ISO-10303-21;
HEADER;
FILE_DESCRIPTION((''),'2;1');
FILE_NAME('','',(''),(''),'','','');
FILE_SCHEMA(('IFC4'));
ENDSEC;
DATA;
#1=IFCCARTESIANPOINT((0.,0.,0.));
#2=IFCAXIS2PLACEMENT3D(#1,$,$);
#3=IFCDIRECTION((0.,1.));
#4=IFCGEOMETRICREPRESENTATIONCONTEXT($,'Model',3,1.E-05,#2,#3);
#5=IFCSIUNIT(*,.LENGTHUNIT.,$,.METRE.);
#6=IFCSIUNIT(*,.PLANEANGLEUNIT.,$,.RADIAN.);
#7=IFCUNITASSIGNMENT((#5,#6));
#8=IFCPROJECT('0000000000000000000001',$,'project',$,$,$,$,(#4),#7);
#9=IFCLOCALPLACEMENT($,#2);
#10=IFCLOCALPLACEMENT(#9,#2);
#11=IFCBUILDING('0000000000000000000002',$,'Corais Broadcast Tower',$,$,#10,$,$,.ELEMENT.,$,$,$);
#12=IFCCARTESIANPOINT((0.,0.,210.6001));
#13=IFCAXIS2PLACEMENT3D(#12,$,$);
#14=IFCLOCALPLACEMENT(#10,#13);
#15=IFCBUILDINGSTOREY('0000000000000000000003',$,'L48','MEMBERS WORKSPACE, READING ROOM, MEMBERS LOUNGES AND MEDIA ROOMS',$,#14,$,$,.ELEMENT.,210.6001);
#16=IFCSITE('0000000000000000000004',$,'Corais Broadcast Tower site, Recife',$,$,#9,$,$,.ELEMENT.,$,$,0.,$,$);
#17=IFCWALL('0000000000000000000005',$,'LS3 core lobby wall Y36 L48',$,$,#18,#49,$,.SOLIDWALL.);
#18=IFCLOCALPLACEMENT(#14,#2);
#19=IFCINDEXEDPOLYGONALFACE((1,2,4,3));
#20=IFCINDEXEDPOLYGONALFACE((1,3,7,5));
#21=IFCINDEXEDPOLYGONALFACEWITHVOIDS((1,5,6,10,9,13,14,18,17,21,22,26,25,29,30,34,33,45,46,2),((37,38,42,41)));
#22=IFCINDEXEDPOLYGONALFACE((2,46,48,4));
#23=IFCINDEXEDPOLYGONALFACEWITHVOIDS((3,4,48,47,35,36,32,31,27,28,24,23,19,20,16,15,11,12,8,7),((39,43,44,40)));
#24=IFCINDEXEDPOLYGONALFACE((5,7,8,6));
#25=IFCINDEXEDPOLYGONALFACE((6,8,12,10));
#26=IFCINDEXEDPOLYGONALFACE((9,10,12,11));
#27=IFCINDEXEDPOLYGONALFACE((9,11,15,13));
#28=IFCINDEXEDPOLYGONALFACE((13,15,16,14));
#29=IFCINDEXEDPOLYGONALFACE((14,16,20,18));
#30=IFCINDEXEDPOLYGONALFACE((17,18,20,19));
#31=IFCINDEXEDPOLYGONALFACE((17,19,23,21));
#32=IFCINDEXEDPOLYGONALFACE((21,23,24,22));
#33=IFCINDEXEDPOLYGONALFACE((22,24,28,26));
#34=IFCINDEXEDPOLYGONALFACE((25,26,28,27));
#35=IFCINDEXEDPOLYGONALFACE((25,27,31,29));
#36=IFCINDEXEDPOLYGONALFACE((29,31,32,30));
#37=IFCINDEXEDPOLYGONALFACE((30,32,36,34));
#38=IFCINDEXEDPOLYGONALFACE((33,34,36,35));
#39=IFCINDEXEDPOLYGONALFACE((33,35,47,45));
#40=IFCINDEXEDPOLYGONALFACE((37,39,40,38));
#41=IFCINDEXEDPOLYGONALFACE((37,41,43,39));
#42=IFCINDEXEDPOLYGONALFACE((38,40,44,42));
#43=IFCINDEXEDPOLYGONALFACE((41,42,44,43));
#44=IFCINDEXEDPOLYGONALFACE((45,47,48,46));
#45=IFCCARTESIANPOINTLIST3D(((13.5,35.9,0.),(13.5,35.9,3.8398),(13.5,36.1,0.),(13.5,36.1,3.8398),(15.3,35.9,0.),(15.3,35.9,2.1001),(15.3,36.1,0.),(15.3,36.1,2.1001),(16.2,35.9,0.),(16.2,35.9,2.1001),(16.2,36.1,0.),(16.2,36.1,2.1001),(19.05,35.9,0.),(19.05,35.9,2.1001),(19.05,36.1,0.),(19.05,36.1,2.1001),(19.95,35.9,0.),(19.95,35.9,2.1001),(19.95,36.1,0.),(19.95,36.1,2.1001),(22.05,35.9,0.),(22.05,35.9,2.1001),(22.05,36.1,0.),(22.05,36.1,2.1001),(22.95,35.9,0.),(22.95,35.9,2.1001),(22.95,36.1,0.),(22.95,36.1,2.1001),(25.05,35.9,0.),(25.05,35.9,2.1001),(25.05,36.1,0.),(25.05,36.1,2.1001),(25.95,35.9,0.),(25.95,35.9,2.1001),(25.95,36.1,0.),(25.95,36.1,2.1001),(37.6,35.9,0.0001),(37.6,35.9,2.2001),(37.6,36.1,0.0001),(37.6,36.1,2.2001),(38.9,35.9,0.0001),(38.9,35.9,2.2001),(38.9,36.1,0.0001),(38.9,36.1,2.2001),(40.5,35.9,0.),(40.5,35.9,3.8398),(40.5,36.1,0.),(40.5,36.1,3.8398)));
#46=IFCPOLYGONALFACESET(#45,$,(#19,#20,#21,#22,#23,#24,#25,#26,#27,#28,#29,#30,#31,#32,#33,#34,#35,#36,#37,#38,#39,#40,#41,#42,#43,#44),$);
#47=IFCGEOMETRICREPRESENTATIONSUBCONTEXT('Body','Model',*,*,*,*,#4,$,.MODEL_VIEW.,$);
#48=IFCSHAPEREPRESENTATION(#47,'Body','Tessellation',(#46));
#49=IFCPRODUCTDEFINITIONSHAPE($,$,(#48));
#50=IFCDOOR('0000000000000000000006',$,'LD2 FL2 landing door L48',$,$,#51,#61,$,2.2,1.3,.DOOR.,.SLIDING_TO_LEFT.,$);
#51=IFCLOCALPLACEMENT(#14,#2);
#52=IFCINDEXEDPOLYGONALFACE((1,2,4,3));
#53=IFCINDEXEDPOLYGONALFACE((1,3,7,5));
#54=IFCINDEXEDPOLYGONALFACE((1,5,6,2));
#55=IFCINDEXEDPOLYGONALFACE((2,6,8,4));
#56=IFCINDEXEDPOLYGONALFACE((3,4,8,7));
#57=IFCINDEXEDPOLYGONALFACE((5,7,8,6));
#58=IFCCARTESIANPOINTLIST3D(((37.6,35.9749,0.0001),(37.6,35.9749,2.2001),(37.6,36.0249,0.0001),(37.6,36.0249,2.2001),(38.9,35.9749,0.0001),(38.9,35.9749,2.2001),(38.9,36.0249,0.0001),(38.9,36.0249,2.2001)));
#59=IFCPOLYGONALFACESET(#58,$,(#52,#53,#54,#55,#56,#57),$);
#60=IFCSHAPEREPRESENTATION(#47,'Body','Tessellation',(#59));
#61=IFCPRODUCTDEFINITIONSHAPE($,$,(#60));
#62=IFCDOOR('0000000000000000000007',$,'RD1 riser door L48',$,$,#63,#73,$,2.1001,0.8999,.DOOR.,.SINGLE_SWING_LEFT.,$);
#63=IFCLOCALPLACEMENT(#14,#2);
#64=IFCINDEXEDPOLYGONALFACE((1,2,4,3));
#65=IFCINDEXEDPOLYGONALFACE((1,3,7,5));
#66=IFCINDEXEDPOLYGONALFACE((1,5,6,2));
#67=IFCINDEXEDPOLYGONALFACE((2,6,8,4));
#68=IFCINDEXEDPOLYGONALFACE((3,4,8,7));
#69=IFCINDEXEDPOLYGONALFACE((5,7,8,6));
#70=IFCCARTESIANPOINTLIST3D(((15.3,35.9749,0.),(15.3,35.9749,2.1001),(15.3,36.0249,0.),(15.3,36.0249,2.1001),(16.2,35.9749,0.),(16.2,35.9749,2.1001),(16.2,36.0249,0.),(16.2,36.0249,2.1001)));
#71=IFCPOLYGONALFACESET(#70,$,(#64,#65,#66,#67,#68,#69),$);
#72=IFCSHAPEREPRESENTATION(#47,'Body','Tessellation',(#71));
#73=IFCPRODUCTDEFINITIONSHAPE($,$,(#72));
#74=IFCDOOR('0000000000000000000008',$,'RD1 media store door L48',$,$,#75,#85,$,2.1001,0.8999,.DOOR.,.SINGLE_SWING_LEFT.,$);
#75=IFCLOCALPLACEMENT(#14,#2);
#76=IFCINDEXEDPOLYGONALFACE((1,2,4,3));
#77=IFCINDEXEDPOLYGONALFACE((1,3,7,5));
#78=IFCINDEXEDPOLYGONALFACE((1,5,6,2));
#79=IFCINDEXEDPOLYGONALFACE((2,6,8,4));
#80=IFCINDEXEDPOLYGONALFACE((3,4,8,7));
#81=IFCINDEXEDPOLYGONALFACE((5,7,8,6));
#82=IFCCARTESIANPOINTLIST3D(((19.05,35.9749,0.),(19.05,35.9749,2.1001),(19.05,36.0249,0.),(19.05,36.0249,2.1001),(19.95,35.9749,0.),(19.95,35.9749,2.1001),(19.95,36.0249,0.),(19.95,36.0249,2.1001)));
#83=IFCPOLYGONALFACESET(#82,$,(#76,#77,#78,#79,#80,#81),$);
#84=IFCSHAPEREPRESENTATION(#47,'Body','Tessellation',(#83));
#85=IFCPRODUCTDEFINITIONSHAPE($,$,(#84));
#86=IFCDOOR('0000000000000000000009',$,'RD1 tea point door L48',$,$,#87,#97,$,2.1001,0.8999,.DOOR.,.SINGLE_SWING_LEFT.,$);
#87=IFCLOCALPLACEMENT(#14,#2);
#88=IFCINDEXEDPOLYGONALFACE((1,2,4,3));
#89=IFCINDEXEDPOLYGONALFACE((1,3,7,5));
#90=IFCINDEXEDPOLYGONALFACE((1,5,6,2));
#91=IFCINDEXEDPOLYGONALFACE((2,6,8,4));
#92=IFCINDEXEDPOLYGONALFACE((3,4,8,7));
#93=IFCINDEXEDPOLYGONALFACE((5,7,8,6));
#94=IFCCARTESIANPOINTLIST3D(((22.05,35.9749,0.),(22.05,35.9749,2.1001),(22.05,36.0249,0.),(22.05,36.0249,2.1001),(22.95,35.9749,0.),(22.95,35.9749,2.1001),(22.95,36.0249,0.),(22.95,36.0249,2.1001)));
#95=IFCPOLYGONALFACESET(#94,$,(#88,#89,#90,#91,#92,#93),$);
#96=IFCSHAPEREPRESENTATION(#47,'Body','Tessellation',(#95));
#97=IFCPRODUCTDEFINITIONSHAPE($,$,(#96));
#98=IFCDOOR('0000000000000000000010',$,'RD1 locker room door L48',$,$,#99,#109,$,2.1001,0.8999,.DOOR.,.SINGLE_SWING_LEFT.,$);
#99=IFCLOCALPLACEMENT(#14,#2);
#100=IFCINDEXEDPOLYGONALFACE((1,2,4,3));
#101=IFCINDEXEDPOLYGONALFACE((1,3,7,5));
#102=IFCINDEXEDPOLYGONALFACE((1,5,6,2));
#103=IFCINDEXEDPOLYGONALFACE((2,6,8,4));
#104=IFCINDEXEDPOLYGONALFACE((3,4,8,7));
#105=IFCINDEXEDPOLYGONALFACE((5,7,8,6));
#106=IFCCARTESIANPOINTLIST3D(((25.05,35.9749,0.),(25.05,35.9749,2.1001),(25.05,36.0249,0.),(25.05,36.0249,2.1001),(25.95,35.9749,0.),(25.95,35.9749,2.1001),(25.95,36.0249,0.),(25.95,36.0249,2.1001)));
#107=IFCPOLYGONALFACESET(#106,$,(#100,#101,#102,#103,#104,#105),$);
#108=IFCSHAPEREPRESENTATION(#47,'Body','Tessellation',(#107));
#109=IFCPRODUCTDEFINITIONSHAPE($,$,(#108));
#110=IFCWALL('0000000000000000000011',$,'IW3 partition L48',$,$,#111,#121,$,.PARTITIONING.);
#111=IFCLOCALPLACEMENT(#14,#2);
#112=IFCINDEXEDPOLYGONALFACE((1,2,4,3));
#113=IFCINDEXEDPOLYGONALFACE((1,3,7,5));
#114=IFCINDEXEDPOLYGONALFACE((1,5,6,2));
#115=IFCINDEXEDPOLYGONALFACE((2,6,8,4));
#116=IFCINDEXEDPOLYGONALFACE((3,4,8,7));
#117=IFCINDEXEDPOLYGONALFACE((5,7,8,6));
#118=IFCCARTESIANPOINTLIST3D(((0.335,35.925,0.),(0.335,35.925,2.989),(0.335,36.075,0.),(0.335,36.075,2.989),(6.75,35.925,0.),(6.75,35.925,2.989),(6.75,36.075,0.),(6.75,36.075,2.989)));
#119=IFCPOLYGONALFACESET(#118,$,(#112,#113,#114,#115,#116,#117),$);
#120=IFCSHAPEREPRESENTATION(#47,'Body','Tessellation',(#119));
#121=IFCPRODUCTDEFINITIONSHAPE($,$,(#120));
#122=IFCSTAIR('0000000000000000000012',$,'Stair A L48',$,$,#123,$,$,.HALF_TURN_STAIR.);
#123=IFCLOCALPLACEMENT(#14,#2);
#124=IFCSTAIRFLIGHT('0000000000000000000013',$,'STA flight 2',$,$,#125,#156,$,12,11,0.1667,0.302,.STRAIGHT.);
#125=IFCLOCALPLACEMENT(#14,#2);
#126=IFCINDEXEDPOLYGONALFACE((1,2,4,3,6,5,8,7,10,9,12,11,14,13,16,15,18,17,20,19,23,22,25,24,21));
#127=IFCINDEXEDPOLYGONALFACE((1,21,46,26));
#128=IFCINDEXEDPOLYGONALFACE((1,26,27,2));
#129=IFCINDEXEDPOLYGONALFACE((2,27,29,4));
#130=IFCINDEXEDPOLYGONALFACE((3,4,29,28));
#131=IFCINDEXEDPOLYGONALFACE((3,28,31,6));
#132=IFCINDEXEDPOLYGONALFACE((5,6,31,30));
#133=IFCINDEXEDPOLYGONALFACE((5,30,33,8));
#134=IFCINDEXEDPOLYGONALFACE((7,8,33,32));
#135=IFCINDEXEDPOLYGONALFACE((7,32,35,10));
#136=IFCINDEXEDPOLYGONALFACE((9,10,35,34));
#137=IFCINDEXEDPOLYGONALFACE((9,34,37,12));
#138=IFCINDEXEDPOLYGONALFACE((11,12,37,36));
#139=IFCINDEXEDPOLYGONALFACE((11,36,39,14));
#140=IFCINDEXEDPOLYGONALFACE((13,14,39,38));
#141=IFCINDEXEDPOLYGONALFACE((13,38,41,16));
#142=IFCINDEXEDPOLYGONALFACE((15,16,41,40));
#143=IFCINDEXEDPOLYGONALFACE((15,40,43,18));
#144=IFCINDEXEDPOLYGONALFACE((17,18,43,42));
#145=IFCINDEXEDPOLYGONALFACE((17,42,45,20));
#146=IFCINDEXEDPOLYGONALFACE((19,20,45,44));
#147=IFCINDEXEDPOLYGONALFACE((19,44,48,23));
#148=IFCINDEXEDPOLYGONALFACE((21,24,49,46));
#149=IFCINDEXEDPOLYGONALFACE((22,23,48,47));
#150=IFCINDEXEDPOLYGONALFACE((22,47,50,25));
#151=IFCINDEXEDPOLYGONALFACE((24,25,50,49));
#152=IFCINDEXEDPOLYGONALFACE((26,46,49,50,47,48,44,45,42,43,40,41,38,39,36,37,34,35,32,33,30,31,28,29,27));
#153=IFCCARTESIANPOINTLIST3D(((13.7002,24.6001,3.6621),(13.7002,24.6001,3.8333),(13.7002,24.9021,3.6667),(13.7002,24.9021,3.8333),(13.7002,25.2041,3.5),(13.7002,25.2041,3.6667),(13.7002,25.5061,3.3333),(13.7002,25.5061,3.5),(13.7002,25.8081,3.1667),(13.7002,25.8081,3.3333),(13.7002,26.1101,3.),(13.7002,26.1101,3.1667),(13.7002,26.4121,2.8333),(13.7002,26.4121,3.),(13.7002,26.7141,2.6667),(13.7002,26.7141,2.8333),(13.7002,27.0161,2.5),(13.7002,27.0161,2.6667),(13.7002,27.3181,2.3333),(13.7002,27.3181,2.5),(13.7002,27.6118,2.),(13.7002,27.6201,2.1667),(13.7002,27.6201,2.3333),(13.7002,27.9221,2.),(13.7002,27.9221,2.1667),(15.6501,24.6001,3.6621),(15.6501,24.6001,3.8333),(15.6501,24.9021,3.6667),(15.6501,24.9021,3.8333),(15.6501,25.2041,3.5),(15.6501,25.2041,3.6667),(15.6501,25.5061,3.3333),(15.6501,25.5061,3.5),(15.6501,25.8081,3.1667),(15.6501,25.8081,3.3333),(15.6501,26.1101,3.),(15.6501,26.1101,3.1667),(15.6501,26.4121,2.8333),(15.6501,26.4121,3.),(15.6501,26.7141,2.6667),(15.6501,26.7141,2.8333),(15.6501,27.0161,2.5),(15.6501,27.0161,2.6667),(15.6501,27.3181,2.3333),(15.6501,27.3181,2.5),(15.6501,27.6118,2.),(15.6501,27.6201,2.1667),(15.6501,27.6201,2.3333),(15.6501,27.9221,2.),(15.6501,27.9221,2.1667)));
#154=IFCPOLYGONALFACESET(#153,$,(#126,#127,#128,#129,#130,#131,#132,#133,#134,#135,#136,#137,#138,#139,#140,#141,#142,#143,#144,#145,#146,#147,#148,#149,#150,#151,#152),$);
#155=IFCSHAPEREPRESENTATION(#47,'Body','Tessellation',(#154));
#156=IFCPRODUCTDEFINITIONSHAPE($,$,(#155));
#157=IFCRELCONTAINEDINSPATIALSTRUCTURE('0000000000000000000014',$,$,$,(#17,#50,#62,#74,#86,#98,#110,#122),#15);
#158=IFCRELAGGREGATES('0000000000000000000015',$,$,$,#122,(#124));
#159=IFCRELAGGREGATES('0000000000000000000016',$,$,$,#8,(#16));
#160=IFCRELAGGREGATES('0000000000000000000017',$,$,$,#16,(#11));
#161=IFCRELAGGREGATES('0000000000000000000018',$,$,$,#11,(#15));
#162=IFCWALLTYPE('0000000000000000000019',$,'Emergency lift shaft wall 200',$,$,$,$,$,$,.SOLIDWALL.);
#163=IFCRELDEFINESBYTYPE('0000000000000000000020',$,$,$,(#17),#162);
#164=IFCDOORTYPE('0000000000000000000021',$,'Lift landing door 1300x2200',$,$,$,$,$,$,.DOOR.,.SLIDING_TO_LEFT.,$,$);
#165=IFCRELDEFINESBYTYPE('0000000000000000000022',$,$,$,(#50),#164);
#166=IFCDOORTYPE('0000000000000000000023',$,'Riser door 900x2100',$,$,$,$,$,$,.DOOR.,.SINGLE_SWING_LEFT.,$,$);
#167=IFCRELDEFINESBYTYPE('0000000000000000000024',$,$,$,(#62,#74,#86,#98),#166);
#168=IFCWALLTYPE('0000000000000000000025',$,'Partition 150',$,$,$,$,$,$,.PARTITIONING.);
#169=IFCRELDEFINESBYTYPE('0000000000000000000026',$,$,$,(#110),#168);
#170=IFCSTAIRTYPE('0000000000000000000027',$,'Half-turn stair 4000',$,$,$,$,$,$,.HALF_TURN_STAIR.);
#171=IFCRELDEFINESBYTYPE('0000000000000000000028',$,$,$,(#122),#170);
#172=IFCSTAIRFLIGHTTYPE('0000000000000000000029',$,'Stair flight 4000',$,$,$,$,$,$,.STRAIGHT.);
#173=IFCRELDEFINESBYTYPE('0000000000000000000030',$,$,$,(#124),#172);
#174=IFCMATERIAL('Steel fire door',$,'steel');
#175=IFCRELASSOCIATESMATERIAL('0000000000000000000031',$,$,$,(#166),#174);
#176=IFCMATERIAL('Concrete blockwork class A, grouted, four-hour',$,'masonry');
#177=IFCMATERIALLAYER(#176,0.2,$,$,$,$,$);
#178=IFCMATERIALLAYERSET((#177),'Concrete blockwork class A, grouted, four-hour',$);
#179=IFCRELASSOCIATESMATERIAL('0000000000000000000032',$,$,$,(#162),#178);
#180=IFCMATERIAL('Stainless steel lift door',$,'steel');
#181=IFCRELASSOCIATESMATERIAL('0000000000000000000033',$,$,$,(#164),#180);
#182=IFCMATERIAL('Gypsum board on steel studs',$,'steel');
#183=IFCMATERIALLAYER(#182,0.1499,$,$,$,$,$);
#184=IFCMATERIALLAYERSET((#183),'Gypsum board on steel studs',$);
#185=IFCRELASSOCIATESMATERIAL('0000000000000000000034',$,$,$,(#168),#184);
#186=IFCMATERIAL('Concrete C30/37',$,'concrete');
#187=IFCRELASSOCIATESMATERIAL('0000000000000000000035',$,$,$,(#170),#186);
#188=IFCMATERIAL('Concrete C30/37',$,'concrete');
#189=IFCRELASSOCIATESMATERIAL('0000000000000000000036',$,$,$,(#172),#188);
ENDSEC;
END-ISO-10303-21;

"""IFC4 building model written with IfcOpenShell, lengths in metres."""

from ifc_helpers import new_model, si_unit, direction, frame, frame_2d, origin, place, context, subcontext, project, spatial, polyline, rectangle, outline, extrude, material, layer, layer_set, type_object, element, fill, aggregate, save


model = new_model("IFC4")

# Units and contexts
model_context = context("Model", 3, precision=1e-05, world=origin(), true_north=direction((0.0, 1.0)))
body_context = subcontext(model_context, "Body", "Model", "MODEL_VIEW")
ifc_project = project(units=[si_unit("LENGTHUNIT", "METRE"), si_unit("PLANEANGLEUNIT", "RADIAN")], contexts=[model_context])

# Site, building, storey
site_placement = place(None, origin())
site = spatial("IfcSite", under=ifc_project, at=site_placement, Name="Corais Broadcast Tower site, Recife", CompositionType="ELEMENT", RefElevation=0.0)
building_placement = place(site_placement, origin())
building = spatial("IfcBuilding", under=site, at=building_placement, Name="Corais Broadcast Tower", CompositionType="ELEMENT")
storey_placement = place(building_placement, frame((0.0, 0.0, 210.6001)))
storey = spatial("IfcBuildingStorey", under=building, at=storey_placement, Name="L48", Description="MEMBERS WORKSPACE, READING ROOM, MEMBERS LOUNGES AND MEDIA ROOMS", CompositionType="ELEMENT", Elevation=210.6001)

# Wall, openings, doors
ifc_material_1 = material(Name="Steel fire door", Category="steel")
door_type_1 = type_object("IfcDoorType", Name="Riser door 900x2100", OperationType="SINGLE_SWING_LEFT", PredefinedType="DOOR", material=ifc_material_1)
ifc_material_2 = material(Name="Concrete blockwork class A, grouted, four-hour", Category="masonry")
ifc_layer_1 = layer(ifc_material_2, 0.2)
ifc_layer_set_1 = layer_set([ifc_layer_1], Name="Concrete blockwork class A, grouted, four-hour")
wall_type_1 = type_object("IfcWallType", Name="Emergency lift shaft wall 200", PredefinedType="SOLIDWALL", material=ifc_layer_set_1)
wall_1_placement = place(storey_placement, frame((13.5, 36.0, 0.0), z_axis=(0.0, 0.0, 1.0), x_axis=(1.0, 0.0, 0.0)))
wall_1 = element("IfcWall", 1, at=wall_1_placement, inside=storey, type_object=wall_type_1, Name="LS3 core lobby wall Y36 L48", PredefinedType="SOLIDWALL", context=body_context, shape_type="SweptSolid", body=[
    extrude(rectangle(XDim=27.0, YDim=0.2, at=frame_2d((13.5, 0.0))), origin(), (0.0, 0.0, 1.0), 3.8398),
])
opening_1_placement = place(wall_1_placement, frame((1.8, 0.0, 0.0)))
opening_1 = element("IfcOpeningElement", 2, at=opening_1_placement, cuts=wall_1, PredefinedType="OPENING", context=body_context, shape_type="SweptSolid", body=[
    extrude(rectangle(XDim=0.8999, YDim=2.1001, at=frame_2d((0.45, 1.05))), frame((0.0, 0.1099, 0.0), z_axis=(0.0, -1.0, 0.0), x_axis=(1.0, 0.0, 0.0)), (0.0, 0.0, 1.0), 0.22),
])
opening_2_placement = place(wall_1_placement, frame((5.55, 0.0, 0.0)))
opening_2 = element("IfcOpeningElement", 3, at=opening_2_placement, cuts=wall_1, PredefinedType="OPENING", context=body_context, shape_type="SweptSolid", body=[
    extrude(rectangle(XDim=0.8999, YDim=2.1001, at=frame_2d((0.45, 1.05))), frame((0.0, 0.1099, 0.0), z_axis=(0.0, -1.0, 0.0), x_axis=(1.0, 0.0, 0.0)), (0.0, 0.0, 1.0), 0.22),
])
opening_3_placement = place(wall_1_placement, frame((8.55, 0.0, 0.0)))
opening_3 = element("IfcOpeningElement", 4, at=opening_3_placement, cuts=wall_1, PredefinedType="OPENING", context=body_context, shape_type="SweptSolid", body=[
    extrude(rectangle(XDim=0.8999, YDim=2.1001, at=frame_2d((0.45, 1.05))), frame((0.0, 0.1099, 0.0), z_axis=(0.0, -1.0, 0.0), x_axis=(1.0, 0.0, 0.0)), (0.0, 0.0, 1.0), 0.22),
])
opening_4_placement = place(wall_1_placement, frame((11.55, 0.0, 0.0)))
opening_4 = element("IfcOpeningElement", 5, at=opening_4_placement, cuts=wall_1, PredefinedType="OPENING", context=body_context, shape_type="SweptSolid", body=[
    extrude(rectangle(XDim=0.8999, YDim=2.1001, at=frame_2d((0.45, 1.05))), frame((0.0, 0.1099, 0.0), z_axis=(0.0, -1.0, 0.0), x_axis=(1.0, 0.0, 0.0)), (0.0, 0.0, 1.0), 0.22),
])
opening_5_placement = place(wall_1_placement, frame((24.1001, 0.0, 0.0)))
opening_5 = element("IfcOpeningElement", 6, at=opening_5_placement, cuts=wall_1, PredefinedType="OPENING", context=body_context, shape_type="SweptSolid", body=[
    extrude(rectangle(XDim=1.3, YDim=2.2, at=frame_2d((0.6499, 1.1001))), frame((0.0, 0.1099, 0.0), z_axis=(0.0, -1.0, 0.0), x_axis=(1.0, 0.0, 0.0)), (0.0, 0.0, 1.0), 0.22),
])
ifc_material_3 = material(Name="Stainless steel lift door", Category="steel")
door_type_2 = type_object("IfcDoorType", Name="Lift landing door 1300x2200", OperationType="SLIDING_TO_LEFT", PredefinedType="DOOR", material=ifc_material_3)
door_1_placement = place(opening_5_placement, origin())
door_1 = element("IfcDoor", 7, at=door_1_placement, inside=storey, type_object=door_type_2, Name="LD2 FL2 landing door L48", OperationType="SLIDING_TO_LEFT", OverallHeight=2.2, OverallWidth=1.3, PredefinedType="DOOR", context=body_context, shape_type="SweptSolid", body=[
    extrude(rectangle(XDim=1.3, YDim=2.2, at=frame_2d((0.6499, 1.1001))), frame((0.0, 0.0249, 0.0), z_axis=(0.0, -1.0, 0.0), x_axis=(1.0, 0.0, 0.0)), (0.0, 0.0, 1.0), 0.05),
])
fill(opening_5, door_1)
door_2_placement = place(opening_1_placement, origin())
door_2 = element("IfcDoor", 8, at=door_2_placement, inside=storey, type_object=door_type_1, Name="RD1 riser door L48", OperationType="SINGLE_SWING_LEFT", OverallHeight=2.1001, OverallWidth=0.8999, PredefinedType="DOOR", context=body_context, shape_type="SweptSolid", body=[
    extrude(rectangle(XDim=0.8999, YDim=2.1001, at=frame_2d((0.45, 1.05))), frame((0.0, 0.0249, 0.0), z_axis=(0.0, -1.0, 0.0), x_axis=(1.0, 0.0, 0.0)), (0.0, 0.0, 1.0), 0.05),
])
fill(opening_1, door_2)
door_3_placement = place(opening_2_placement, origin())
door_3 = element("IfcDoor", 9, at=door_3_placement, inside=storey, type_object=door_type_1, Name="RD1 media store door L48", OperationType="SINGLE_SWING_LEFT", OverallHeight=2.1001, OverallWidth=0.8999, PredefinedType="DOOR", context=body_context, shape_type="SweptSolid", body=[
    extrude(rectangle(XDim=0.8999, YDim=2.1001, at=frame_2d((0.45, 1.05))), frame((0.0, 0.0249, 0.0), z_axis=(0.0, -1.0, 0.0), x_axis=(1.0, 0.0, 0.0)), (0.0, 0.0, 1.0), 0.05),
])
fill(opening_2, door_3)
door_4_placement = place(opening_3_placement, origin())
door_4 = element("IfcDoor", 10, at=door_4_placement, inside=storey, type_object=door_type_1, Name="RD1 tea point door L48", OperationType="SINGLE_SWING_LEFT", OverallHeight=2.1001, OverallWidth=0.8999, PredefinedType="DOOR", context=body_context, shape_type="SweptSolid", body=[
    extrude(rectangle(XDim=0.8999, YDim=2.1001, at=frame_2d((0.45, 1.05))), frame((0.0, 0.0249, 0.0), z_axis=(0.0, -1.0, 0.0), x_axis=(1.0, 0.0, 0.0)), (0.0, 0.0, 1.0), 0.05),
])
fill(opening_3, door_4)
door_5_placement = place(opening_4_placement, origin())
door_5 = element("IfcDoor", 11, at=door_5_placement, inside=storey, type_object=door_type_1, Name="RD1 locker room door L48", OperationType="SINGLE_SWING_LEFT", OverallHeight=2.1001, OverallWidth=0.8999, PredefinedType="DOOR", context=body_context, shape_type="SweptSolid", body=[
    extrude(rectangle(XDim=0.8999, YDim=2.1001, at=frame_2d((0.45, 1.05))), frame((0.0, 0.0249, 0.0), z_axis=(0.0, -1.0, 0.0), x_axis=(1.0, 0.0, 0.0)), (0.0, 0.0, 1.0), 0.05),
])
fill(opening_4, door_5)

# Wall
ifc_material_4 = material(Name="Gypsum board on steel studs", Category="steel")
ifc_layer_2 = layer(ifc_material_4, 0.1499)
ifc_layer_set_2 = layer_set([ifc_layer_2], Name="Gypsum board on steel studs")
wall_type_2 = type_object("IfcWallType", Name="Partition 150", PredefinedType="PARTITIONING", material=ifc_layer_set_2)
wall_2_placement = place(storey_placement, frame((6.75, 36.0, 0.0), z_axis=(0.0, 0.0, 1.0), x_axis=(-1.0, 0.0, 0.0)))
element("IfcWall", 12, at=wall_2_placement, inside=storey, type_object=wall_type_2, Name="IW3 partition L48", PredefinedType="PARTITIONING", context=body_context, shape_type="SweptSolid", body=[
    extrude(rectangle(XDim=6.415, YDim=0.1499, at=frame_2d((3.2075, 0.0))), origin(), (0.0, 0.0, 1.0), 2.989),
])

# Stair, stair flight
ifc_material_5 = material(Name="Concrete C30/37", Category="concrete")
stair_type = type_object("IfcStairType", Name="Half-turn stair 4000", PredefinedType="HALF_TURN_STAIR", material=ifc_material_5)
stair_placement = place(storey_placement, origin())
stair = element("IfcStair", 13, at=stair_placement, inside=storey, type_object=stair_type, Name="Stair A L48", PredefinedType="HALF_TURN_STAIR")
ifc_material_6 = material(Name="Concrete C30/37", Category="concrete")
stair_flight_type = type_object("IfcStairFlightType", Name="Stair flight 4000", PredefinedType="STRAIGHT", material=ifc_material_6)
stair_flight_placement = place(storey_placement, frame((14.675, 27.9221, 2.0), z_axis=(0.0, 0.0, 1.0), x_axis=(0.0, -1.0, 0.0)))
stair_flight = element("IfcStairFlight", 14, at=stair_flight_placement, type_object=stair_flight_type, Name="STA flight 2", NumberOfRisers=12, NumberOfTreads=11, PredefinedType="STRAIGHT", RiserHeight=0.1667, TreadLength=0.302, context=body_context, shape_type="SweptSolid", body=[
    extrude(outline(polyline([(0.0, 0.0), (0.0, 0.1667), (0.302, 0.1667), (0.302, 0.3333), (0.604, 0.3333), (0.604, 0.5), (0.906, 0.5), (0.906, 0.6667), (1.208, 0.6667), (1.208, 0.8333), (1.51, 0.8333), (1.51, 1.0), (1.812, 1.0), (1.812, 1.1667), (2.114, 1.1667), (2.114, 1.3333), (2.416, 1.3333), (2.416, 1.5), (2.718, 1.5), (2.718, 1.6667), (3.02, 1.6667), (3.02, 1.8333), (3.322, 1.8333), (3.322, 2.0), (3.322, 1.6621), (0.3103, 0.0), (0.0, 0.0)])), frame((0.0, 0.9751, 0.0), z_axis=(0.0, -1.0, 0.0), x_axis=(1.0, 0.0, 0.0)), (0.0, 0.0, 1.0), 1.95),
])
aggregate(stair, [stair_flight])

save(model, "model.ifc")
